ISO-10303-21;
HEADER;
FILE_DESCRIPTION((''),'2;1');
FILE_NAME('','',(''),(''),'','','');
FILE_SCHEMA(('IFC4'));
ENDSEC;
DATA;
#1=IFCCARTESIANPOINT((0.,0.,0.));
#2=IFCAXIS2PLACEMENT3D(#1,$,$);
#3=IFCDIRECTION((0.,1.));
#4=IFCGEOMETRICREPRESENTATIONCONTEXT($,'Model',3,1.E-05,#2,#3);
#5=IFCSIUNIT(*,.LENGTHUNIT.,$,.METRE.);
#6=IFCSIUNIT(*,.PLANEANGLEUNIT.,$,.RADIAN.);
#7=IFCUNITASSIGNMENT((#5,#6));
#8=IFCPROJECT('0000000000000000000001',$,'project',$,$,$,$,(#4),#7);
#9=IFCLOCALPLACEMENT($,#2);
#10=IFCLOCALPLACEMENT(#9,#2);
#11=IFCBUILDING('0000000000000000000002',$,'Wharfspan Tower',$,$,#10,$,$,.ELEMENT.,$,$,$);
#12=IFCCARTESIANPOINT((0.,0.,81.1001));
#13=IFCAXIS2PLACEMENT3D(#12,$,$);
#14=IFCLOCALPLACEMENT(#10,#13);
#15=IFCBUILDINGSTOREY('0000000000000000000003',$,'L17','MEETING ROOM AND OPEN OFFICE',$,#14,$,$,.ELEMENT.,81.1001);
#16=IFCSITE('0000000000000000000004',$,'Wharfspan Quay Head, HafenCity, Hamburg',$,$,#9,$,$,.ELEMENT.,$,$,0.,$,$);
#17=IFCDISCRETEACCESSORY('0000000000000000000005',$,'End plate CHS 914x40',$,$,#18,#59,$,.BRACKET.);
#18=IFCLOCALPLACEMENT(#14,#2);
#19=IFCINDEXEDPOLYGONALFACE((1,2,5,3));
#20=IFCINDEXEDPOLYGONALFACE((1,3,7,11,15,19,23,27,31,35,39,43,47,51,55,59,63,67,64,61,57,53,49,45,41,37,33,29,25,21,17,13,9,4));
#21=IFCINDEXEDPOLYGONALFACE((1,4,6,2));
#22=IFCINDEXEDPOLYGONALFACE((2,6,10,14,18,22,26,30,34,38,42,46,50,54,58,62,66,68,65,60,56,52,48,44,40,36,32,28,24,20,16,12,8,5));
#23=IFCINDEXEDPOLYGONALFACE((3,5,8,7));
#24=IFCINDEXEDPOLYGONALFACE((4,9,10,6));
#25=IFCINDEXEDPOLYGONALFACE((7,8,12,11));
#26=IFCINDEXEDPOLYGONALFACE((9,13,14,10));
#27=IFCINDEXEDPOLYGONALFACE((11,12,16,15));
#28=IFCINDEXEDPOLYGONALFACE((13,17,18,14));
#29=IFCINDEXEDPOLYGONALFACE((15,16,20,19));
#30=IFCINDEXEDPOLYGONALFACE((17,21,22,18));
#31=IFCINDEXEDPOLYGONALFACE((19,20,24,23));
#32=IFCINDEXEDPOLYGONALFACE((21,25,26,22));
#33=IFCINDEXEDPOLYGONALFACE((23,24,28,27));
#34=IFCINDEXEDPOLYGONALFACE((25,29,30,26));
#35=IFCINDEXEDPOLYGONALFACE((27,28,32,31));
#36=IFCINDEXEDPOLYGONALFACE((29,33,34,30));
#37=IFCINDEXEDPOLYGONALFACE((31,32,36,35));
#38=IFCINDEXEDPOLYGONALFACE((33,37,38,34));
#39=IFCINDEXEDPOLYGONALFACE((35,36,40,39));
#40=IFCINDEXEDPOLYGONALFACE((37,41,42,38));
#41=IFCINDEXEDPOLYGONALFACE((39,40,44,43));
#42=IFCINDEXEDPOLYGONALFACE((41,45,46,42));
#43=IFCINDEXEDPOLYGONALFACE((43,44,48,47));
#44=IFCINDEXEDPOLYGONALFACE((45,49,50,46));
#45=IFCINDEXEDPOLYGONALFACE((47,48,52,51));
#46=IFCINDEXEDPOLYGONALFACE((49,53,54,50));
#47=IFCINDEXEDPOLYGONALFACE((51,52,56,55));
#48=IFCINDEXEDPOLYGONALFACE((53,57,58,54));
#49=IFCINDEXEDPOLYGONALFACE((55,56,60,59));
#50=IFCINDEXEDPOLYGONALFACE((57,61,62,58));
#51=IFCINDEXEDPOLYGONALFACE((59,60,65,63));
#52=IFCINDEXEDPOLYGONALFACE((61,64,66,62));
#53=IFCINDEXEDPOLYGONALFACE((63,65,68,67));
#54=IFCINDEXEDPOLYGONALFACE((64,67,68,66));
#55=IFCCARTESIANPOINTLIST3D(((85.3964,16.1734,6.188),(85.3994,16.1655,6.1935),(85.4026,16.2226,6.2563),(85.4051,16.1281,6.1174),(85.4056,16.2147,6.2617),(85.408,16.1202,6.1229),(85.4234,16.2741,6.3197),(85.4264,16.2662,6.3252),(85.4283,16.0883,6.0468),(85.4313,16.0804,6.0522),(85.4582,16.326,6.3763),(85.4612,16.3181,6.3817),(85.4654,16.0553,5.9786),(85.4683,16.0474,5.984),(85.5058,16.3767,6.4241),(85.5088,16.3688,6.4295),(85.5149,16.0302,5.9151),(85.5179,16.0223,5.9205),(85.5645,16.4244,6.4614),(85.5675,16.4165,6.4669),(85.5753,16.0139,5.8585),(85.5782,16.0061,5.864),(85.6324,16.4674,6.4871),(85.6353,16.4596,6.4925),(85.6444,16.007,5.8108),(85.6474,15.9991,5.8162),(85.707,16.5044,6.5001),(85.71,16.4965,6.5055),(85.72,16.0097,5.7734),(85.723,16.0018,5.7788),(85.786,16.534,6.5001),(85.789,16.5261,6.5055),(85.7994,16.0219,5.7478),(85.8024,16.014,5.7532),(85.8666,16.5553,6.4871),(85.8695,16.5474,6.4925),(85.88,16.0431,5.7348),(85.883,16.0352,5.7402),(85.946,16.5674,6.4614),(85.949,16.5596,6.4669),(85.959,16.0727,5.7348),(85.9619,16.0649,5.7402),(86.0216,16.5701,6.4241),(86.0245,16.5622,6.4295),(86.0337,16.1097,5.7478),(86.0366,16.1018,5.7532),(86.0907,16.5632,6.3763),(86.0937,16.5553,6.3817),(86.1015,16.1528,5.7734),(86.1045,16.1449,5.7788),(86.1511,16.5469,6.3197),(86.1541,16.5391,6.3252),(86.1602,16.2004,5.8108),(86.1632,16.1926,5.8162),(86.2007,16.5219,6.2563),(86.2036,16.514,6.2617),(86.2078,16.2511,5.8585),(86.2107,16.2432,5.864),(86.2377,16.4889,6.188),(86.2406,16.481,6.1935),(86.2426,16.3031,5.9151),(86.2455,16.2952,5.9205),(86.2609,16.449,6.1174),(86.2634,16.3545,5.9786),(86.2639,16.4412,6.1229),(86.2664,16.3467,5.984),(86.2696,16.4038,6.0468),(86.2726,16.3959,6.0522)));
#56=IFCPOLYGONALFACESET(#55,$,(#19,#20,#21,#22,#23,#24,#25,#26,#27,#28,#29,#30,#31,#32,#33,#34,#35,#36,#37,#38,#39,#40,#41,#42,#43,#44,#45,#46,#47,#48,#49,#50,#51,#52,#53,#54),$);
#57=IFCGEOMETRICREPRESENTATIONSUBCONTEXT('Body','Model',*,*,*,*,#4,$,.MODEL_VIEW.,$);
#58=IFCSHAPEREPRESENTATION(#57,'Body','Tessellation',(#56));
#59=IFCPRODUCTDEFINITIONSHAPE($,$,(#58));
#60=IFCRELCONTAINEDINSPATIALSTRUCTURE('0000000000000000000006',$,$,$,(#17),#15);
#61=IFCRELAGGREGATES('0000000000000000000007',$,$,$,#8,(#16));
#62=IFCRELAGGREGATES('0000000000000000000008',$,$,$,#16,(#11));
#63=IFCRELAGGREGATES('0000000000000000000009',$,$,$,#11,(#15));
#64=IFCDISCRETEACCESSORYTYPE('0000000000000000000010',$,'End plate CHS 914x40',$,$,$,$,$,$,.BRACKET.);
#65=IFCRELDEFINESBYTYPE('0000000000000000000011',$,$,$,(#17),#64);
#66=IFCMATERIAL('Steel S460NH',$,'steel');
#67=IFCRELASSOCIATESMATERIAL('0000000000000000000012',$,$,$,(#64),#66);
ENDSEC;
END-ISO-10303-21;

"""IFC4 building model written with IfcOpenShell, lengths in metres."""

from ifc_helpers import new_model, si_unit, direction, frame, origin, origin_2d, place, context, subcontext, project, spatial, circle, extrude, material, material_profile, profile_set, type_object, element, save


model = new_model("IFC4")

# Units and contexts
model_context = context("Model", 3, precision=1e-05, world=origin(), true_north=direction((0.0, 1.0)))
body_context = subcontext(model_context, "Body", "Model", "MODEL_VIEW")
ifc_project = project(units=[si_unit("LENGTHUNIT", "METRE"), si_unit("PLANEANGLEUNIT", "RADIAN")], contexts=[model_context])

# Site, building, storey
site_placement = place(None, origin())
site = spatial("IfcSite", under=ifc_project, at=site_placement, Name="Wharfspan Quay Head, HafenCity, Hamburg", CompositionType="ELEMENT", RefElevation=0.0)
building_placement = place(site_placement, origin())
building = spatial("IfcBuilding", under=site, at=building_placement, Name="Wharfspan Tower", CompositionType="ELEMENT")
storey_placement = place(building_placement, frame((0.0, 0.0, 81.1001)))
storey = spatial("IfcBuildingStorey", under=building, at=storey_placement, Name="L17", Description="MEETING ROOM AND OPEN OFFICE", CompositionType="ELEMENT", Elevation=81.1001)

# Shared definitions
ifc_material_1 = material(Name="Steel S460NH", Category="steel")

# Discrete accessory
ifc_material_profile_1 = material_profile(ifc_material_1, circle(Radius=0.457, at=origin_2d()))
ifc_profile_set_1 = profile_set([ifc_material_profile_1], Name="Steel S460NH")
discrete_accessory_type = type_object("IfcDiscreteAccessoryType", Name="End plate CHS 914x40", PredefinedType="BRACKET", material=ifc_profile_set_1)
for number, where, z_axis, x_axis, name in (
    (1, (85.833, 16.2886, 6.1174), (0.295241, -0.787309, 0.541275), (0.936333, 0.351125, 0.0), "End plate CHS 914x40"),
):
    element("IfcDiscreteAccessory", number, at=place(storey_placement, frame(where, z_axis=z_axis, x_axis=x_axis)), inside=storey, type_object=discrete_accessory_type, Name=name, PredefinedType="BRACKET", context=body_context, shape_type="SweptSolid", body=[
        extrude(circle(Radius=0.457, at=origin_2d()), origin(), (0.0, 0.0, 1.0), 0.01),
    ])

save(model, "model.ifc")
